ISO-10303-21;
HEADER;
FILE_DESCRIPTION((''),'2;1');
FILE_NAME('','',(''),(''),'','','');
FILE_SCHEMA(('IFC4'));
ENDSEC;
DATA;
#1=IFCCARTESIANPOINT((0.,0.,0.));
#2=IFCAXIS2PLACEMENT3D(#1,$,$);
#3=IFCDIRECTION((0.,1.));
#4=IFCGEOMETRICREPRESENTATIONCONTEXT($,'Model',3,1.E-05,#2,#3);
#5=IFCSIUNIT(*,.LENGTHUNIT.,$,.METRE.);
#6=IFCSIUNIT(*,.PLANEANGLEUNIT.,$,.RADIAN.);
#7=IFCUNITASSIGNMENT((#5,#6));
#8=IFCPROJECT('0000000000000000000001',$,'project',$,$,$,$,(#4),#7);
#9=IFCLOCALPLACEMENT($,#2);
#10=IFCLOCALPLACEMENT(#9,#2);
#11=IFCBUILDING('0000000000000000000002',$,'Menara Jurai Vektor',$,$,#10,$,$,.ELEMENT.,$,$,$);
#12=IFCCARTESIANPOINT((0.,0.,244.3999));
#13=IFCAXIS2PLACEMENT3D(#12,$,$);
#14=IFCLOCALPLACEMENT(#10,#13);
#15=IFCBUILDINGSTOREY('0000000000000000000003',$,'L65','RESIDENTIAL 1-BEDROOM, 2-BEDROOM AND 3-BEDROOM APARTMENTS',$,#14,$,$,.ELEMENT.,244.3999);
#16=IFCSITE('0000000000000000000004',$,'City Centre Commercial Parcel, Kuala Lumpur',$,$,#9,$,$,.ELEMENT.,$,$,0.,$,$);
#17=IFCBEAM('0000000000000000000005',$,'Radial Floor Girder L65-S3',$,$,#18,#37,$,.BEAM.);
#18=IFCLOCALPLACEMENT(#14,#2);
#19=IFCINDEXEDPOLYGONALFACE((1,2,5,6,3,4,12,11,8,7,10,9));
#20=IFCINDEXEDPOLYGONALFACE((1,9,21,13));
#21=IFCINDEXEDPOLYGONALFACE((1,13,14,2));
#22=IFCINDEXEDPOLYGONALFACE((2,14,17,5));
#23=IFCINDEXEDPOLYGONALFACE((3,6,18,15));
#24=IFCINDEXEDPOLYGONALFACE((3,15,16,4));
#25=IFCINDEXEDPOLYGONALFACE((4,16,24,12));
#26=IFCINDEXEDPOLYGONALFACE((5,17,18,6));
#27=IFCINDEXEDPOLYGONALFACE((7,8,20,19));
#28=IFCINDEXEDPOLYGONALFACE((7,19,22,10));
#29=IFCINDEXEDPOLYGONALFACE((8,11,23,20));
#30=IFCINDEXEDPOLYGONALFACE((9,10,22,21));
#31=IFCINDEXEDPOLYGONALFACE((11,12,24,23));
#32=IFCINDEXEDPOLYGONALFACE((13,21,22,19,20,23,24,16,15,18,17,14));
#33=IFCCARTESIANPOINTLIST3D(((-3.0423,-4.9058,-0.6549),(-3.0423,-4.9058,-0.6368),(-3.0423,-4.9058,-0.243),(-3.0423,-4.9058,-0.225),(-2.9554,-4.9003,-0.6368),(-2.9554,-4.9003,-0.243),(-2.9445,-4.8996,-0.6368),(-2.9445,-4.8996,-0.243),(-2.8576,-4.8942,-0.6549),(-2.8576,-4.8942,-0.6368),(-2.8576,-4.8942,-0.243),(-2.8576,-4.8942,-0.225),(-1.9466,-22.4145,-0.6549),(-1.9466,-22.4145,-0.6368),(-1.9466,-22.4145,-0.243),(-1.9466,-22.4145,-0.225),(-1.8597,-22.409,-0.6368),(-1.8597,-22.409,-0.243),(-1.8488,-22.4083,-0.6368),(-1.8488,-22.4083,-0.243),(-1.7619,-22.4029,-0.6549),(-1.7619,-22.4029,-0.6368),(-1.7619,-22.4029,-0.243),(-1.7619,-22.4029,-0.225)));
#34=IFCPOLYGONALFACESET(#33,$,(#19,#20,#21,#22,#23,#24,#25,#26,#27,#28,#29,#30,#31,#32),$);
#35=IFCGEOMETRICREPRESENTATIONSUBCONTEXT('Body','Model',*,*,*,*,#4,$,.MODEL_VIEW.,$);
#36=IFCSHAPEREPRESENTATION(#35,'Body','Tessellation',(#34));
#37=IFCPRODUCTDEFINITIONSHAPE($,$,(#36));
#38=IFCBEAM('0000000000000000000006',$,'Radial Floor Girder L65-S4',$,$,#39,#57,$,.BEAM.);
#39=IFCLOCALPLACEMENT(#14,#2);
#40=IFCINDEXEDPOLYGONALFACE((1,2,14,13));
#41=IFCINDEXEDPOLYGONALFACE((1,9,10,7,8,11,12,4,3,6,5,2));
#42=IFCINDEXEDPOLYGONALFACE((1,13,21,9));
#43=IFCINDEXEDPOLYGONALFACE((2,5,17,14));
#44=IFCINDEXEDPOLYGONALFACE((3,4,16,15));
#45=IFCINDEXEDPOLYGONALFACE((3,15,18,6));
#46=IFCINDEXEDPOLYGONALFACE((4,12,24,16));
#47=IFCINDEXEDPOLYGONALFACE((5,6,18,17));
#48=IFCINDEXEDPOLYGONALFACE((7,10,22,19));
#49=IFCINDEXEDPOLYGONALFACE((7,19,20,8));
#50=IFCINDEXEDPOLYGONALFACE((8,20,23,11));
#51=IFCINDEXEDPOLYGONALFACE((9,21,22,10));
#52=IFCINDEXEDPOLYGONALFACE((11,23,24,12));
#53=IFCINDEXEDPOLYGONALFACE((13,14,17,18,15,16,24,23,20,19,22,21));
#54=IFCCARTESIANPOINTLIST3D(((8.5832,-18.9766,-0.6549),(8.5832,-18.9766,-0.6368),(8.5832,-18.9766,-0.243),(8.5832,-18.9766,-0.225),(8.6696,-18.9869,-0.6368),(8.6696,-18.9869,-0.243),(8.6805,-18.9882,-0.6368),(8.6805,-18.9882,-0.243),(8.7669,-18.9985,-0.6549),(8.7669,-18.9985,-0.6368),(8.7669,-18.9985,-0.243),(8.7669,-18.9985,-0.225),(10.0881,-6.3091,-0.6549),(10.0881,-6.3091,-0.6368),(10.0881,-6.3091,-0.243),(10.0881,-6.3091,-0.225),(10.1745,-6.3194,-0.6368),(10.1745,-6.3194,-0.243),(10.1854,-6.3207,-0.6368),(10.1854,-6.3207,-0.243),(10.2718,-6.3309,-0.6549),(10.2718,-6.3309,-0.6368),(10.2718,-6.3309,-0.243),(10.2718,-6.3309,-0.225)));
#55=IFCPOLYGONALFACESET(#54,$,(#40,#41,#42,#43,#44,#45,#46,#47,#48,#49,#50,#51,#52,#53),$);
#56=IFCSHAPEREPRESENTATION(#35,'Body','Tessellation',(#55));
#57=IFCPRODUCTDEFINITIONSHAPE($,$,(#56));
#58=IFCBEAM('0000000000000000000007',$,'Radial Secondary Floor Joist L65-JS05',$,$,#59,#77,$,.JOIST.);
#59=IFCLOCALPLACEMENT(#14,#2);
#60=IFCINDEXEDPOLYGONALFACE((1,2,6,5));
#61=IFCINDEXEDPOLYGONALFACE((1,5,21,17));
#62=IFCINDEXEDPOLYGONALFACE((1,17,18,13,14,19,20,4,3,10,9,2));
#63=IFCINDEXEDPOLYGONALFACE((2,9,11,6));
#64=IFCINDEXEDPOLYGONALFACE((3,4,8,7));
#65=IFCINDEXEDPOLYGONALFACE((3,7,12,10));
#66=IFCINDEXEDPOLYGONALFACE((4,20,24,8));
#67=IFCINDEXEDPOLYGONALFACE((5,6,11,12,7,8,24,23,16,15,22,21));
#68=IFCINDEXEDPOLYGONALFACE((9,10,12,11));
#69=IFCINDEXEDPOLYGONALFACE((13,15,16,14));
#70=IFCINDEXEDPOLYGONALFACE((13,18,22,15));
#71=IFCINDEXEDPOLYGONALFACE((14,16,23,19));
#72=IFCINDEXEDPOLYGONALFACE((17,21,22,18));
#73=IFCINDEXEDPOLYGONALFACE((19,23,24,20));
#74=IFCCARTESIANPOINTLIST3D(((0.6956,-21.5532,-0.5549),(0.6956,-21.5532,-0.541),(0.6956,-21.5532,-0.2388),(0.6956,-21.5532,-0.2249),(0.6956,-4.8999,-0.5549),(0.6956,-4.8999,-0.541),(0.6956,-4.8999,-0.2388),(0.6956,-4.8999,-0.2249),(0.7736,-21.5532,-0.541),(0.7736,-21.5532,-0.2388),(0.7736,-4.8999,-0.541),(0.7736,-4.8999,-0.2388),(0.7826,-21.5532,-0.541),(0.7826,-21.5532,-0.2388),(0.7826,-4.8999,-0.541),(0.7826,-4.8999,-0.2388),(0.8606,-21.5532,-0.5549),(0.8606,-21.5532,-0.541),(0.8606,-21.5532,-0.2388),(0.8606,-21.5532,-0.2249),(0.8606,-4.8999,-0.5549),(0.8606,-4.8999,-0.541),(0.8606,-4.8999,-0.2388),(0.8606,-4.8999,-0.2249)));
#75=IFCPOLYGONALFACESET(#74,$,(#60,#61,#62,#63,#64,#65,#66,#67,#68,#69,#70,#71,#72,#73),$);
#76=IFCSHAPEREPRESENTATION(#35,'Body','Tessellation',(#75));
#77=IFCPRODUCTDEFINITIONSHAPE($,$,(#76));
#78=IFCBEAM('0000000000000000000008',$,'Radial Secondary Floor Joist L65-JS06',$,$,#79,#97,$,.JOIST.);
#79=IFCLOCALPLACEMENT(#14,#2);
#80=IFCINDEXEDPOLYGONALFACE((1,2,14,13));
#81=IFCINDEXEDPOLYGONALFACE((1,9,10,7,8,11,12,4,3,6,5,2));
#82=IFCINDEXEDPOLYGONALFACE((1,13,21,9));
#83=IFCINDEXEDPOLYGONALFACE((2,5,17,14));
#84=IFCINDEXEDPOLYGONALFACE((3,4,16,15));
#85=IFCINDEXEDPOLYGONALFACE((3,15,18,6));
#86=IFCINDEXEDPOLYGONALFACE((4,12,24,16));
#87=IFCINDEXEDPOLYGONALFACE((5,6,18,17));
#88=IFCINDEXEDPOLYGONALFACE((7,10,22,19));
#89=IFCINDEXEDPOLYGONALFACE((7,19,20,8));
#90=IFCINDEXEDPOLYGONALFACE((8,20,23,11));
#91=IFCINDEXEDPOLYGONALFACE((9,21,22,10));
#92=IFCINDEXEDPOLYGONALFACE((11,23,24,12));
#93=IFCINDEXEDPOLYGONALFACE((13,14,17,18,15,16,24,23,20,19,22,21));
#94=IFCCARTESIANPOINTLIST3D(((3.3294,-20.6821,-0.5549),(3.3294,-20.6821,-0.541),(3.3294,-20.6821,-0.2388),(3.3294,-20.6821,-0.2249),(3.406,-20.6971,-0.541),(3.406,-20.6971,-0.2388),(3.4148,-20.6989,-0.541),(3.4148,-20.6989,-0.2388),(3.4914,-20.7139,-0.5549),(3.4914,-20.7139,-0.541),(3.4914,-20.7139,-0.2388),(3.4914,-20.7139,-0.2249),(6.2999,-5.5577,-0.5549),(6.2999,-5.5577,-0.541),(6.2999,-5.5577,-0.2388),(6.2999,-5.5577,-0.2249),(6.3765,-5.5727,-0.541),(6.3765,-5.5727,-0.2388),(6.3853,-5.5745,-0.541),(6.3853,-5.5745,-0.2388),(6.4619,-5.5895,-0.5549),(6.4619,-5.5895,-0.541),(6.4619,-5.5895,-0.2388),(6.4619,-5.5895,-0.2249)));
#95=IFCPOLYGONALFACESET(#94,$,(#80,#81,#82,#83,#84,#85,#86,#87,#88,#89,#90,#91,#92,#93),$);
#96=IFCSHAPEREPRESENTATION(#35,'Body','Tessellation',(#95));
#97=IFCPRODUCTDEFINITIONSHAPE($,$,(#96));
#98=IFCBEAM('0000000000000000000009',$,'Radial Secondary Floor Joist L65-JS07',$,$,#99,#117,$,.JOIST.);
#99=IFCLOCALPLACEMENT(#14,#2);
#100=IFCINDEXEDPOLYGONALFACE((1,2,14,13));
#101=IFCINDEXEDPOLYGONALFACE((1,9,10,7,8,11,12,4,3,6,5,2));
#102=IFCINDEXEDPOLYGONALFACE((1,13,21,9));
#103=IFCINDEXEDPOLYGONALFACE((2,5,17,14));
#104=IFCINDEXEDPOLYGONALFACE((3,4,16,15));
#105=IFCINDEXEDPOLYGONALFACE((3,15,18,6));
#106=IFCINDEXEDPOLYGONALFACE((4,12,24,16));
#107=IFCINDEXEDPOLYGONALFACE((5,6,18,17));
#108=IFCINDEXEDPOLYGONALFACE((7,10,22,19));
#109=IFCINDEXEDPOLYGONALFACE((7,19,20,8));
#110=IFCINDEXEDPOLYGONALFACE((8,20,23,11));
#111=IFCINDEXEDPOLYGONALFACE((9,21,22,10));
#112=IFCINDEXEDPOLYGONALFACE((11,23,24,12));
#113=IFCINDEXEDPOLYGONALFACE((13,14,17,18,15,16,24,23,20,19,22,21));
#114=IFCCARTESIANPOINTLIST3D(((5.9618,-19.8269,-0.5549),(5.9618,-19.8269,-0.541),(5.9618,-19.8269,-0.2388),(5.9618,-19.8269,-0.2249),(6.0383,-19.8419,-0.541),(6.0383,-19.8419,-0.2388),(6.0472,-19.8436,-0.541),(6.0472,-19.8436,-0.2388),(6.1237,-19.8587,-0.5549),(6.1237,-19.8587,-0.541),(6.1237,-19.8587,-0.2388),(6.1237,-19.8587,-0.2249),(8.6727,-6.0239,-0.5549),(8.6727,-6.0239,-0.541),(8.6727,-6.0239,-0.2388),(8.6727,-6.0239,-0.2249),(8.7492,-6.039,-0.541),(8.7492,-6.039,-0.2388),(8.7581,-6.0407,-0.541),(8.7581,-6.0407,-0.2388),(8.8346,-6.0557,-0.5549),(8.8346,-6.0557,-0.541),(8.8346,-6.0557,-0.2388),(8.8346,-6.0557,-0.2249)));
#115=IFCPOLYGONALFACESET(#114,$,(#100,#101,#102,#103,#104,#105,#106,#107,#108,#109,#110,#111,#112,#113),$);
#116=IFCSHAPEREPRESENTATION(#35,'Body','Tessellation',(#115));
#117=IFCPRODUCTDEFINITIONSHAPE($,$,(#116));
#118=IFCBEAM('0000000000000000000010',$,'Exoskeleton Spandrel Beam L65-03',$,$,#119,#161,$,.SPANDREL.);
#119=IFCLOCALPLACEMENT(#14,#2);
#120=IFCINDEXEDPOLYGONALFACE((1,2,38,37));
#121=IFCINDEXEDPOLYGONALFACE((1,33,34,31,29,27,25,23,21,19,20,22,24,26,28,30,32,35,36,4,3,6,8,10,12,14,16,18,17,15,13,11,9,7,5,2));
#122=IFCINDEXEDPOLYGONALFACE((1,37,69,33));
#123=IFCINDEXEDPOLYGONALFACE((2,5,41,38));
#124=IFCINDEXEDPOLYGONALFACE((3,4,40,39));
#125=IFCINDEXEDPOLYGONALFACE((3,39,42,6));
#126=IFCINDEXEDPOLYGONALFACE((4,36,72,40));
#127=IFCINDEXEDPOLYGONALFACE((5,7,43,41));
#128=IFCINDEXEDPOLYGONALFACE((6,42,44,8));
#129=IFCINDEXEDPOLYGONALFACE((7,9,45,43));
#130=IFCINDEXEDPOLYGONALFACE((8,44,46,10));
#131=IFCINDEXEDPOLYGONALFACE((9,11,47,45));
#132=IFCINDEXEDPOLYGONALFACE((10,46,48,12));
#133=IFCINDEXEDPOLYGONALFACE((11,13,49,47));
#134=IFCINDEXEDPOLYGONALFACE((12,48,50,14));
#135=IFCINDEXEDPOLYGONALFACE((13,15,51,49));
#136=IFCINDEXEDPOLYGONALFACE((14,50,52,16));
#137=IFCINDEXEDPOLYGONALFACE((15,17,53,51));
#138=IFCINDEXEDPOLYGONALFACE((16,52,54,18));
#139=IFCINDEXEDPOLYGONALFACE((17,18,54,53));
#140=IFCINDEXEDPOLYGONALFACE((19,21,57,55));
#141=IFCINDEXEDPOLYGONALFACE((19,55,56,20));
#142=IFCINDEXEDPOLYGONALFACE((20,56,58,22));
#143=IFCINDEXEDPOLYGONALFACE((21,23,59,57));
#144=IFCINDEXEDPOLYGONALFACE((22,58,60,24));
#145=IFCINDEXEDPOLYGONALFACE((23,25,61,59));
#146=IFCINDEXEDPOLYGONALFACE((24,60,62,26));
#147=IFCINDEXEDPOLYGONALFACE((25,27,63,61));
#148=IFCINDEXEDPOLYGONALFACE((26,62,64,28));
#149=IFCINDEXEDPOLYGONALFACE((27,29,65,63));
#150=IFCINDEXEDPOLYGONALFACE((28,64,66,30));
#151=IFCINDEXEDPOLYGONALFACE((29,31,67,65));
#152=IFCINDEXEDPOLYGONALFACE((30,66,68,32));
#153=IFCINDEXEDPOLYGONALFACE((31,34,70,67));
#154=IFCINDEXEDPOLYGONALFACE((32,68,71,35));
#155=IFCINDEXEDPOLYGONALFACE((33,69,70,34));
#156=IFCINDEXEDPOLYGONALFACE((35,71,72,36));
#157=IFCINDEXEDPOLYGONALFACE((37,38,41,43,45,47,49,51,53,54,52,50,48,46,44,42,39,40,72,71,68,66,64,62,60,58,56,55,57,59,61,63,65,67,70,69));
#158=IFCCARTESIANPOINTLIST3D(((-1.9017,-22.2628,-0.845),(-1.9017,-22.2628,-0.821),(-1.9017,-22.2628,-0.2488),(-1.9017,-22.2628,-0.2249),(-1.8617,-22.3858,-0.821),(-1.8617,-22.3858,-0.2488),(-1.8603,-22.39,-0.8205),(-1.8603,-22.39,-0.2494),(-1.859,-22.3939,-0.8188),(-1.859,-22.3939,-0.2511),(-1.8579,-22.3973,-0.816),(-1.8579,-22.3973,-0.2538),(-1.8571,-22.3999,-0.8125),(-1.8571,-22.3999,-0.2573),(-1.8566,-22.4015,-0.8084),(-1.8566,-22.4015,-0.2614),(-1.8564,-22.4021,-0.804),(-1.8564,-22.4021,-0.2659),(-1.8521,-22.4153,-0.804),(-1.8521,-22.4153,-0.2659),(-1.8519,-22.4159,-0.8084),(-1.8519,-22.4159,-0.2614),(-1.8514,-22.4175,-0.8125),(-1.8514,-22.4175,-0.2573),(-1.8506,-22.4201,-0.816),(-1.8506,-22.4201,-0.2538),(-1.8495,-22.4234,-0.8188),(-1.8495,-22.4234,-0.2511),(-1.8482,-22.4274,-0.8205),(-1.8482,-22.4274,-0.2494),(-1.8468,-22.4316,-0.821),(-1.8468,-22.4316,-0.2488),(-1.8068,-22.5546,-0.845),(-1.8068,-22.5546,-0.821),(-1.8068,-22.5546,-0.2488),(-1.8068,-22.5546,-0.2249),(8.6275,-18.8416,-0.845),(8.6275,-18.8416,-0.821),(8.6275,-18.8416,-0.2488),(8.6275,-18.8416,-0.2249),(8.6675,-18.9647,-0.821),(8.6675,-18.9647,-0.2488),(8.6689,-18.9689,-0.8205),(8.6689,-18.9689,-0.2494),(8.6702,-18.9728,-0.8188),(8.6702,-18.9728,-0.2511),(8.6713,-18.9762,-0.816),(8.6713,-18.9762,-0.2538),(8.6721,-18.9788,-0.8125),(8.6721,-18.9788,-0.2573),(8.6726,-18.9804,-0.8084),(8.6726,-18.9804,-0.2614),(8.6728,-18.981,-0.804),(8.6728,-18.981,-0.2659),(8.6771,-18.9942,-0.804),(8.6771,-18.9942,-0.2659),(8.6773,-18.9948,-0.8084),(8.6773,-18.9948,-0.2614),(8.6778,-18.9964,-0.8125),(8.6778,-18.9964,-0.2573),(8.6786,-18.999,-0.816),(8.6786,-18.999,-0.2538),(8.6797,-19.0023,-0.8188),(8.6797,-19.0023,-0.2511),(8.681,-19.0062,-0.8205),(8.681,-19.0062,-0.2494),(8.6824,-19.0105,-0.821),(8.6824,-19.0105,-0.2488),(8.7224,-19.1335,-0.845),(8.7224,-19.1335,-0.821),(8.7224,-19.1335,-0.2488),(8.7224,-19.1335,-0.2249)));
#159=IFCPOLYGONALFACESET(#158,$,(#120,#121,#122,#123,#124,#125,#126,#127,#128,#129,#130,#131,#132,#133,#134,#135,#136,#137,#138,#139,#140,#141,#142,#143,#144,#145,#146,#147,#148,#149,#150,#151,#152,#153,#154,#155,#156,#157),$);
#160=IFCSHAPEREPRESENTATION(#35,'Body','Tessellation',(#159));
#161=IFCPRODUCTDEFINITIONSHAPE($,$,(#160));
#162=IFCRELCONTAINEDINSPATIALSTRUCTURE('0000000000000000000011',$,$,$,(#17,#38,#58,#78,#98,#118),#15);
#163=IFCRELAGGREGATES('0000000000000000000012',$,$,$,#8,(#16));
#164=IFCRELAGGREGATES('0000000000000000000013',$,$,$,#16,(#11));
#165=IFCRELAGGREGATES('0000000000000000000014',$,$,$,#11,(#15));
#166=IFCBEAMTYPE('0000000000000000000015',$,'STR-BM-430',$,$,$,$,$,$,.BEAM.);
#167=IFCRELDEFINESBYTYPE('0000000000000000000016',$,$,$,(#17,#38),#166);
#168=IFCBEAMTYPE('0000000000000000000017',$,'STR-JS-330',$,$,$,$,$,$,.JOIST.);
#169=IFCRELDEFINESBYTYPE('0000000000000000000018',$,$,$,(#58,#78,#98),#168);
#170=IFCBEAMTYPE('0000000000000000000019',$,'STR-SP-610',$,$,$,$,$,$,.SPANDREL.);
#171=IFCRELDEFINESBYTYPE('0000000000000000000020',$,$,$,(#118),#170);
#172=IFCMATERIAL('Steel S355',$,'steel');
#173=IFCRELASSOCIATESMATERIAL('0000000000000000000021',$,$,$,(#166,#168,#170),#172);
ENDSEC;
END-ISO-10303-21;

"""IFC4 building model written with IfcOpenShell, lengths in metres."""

from ifc_helpers import new_model, si_unit, direction, frame, origin, origin_2d, place, context, subcontext, project, spatial, i_section, extrude, material, material_profile, profile_set, type_object, element, save


model = new_model("IFC4")

# Units and contexts
model_context = context("Model", 3, precision=1e-05, world=origin(), true_north=direction((0.0, 1.0)))
body_context = subcontext(model_context, "Body", "Model", "MODEL_VIEW")
ifc_project = project(units=[si_unit("LENGTHUNIT", "METRE"), si_unit("PLANEANGLEUNIT", "RADIAN")], contexts=[model_context])

# Site, building, storey
site_placement = place(None, origin())
site = spatial("IfcSite", under=ifc_project, at=site_placement, Name="City Centre Commercial Parcel, Kuala Lumpur", CompositionType="ELEMENT", RefElevation=0.0)
building_placement = place(site_placement, origin())
building = spatial("IfcBuilding", under=site, at=building_placement, Name="Menara Jurai Vektor", CompositionType="ELEMENT")
storey_placement = place(building_placement, frame((0.0, 0.0, 244.3999)))
storey = spatial("IfcBuildingStorey", under=building, at=storey_placement, Name="L65", Description="RESIDENTIAL 1-BEDROOM, 2-BEDROOM AND 3-BEDROOM APARTMENTS", CompositionType="ELEMENT", Elevation=244.3999)

# Beams
ifc_material_1 = material(Name="Steel S355", Category="steel")
ifc_material_profile_1 = material_profile(ifc_material_1, i_section(OverallWidth=0.1851, OverallDepth=0.4299, WebThickness=0.011, FlangeThickness=0.0181, at=origin_2d()), Name="PG 430x185x76")
ifc_profile_set_1 = profile_set([ifc_material_profile_1], Name="Steel S355")
beam_type_1 = type_object("IfcBeamType", Name="STR-BM-430", PredefinedType="BEAM", material=ifc_profile_set_1)
beam_1_placement = place(storey_placement, frame((-1.8542, -22.4087, -0.4399), z_axis=(-0.062458, 0.998048, 0.0), x_axis=(-0.998048, -0.062458, 0.0)))
element("IfcBeam", 1, at=beam_1_placement, inside=storey, type_object=beam_type_1, Name="Radial Floor Girder L65-S3", PredefinedType="BEAM", context=body_context, shape_type="SweptSolid", body=[
    extrude(i_section(OverallWidth=0.1851, OverallDepth=0.4299, WebThickness=0.011, FlangeThickness=0.0181, at=origin_2d()), origin(), (0.0, 0.0, 1.0), 17.543),
])
beam_2_placement = place(storey_placement, frame((8.675, -18.9875, -0.4399), z_axis=(0.117969, 0.993017, 0.0), x_axis=(-0.993017, 0.117969, 0.0)))
element("IfcBeam", 2, at=beam_2_placement, inside=storey, type_object=beam_type_1, Name="Radial Floor Girder L65-S4", PredefinedType="BEAM", context=body_context, shape_type="SweptSolid", body=[
    extrude(i_section(OverallWidth=0.1851, OverallDepth=0.4299, WebThickness=0.011, FlangeThickness=0.0181, at=origin_2d()), origin(), (0.0, 0.0, 1.0), 12.7566),
])
ifc_material_profile_2 = material_profile(ifc_material_1, i_section(OverallWidth=0.165, OverallDepth=0.3301, WebThickness=0.009, FlangeThickness=0.0139, at=origin_2d()), Name="PG 330x165x46")
ifc_profile_set_2 = profile_set([ifc_material_profile_2], Name="Steel S355")
beam_type_2 = type_object("IfcBeamType", Name="STR-JS-330", PredefinedType="JOIST", material=ifc_profile_set_2)
beam_3_placement = place(storey_placement, frame((0.7781, -21.5532, -0.3899), z_axis=(0.0, 1.0, 0.0), x_axis=(-1.0, 0.0, 0.0)))
element("IfcBeam", 3, at=beam_3_placement, inside=storey, type_object=beam_type_2, Name="Radial Secondary Floor Joist L65-JS05", PredefinedType="JOIST", context=body_context, shape_type="SweptSolid", body=[
    extrude(i_section(OverallWidth=0.165, OverallDepth=0.3301, WebThickness=0.009, FlangeThickness=0.0139, at=origin_2d()), origin(), (0.0, 0.0, 1.0), 16.6533),
])
beam_4_placement = place(storey_placement, frame((3.4104, -20.698, -0.3899), z_axis=(0.192722, 0.981253, 0.0), x_axis=(-0.981253, 0.192722, 0.0)))
element("IfcBeam", 4, at=beam_4_placement, inside=storey, type_object=beam_type_2, Name="Radial Secondary Floor Joist L65-JS06", PredefinedType="JOIST", context=body_context, shape_type="SweptSolid", body=[
    extrude(i_section(OverallWidth=0.165, OverallDepth=0.3301, WebThickness=0.009, FlangeThickness=0.0139, at=origin_2d()), origin(), (0.0, 0.0, 1.0), 15.4133),
])
beam_5_placement = place(storey_placement, frame((6.0427, -19.8428, -0.3899), z_axis=(0.192721, 0.981254, 0.0), x_axis=(-0.981254, 0.192721, 0.0)))
element("IfcBeam", 5, at=beam_5_placement, inside=storey, type_object=beam_type_2, Name="Radial Secondary Floor Joist L65-JS07", PredefinedType="JOIST", context=body_context, shape_type="SweptSolid", body=[
    extrude(i_section(OverallWidth=0.165, OverallDepth=0.3301, WebThickness=0.009, FlangeThickness=0.0139, at=origin_2d()), origin(), (0.0, 0.0, 1.0), 14.0667),
])
ifc_material_profile_3 = material_profile(ifc_material_1, i_section(OverallWidth=0.3069, OverallDepth=0.6201, WebThickness=0.0139, FlangeThickness=0.0239, FilletRadius=0.0171, at=origin_2d()), Name="UKB 610x305x179")
ifc_profile_set_3 = profile_set([ifc_material_profile_3], Name="Steel S355")
beam_type_3 = type_object("IfcBeamType", Name="STR-SP-610", PredefinedType="SPANDREL", material=ifc_profile_set_3)
for number, where, z_axis, x_axis, name in (
    (6, (-1.8542, -22.4087, -0.5349), (0.951057, 0.309014, 0.0), (-0.309014, 0.951057, 0.0), "Exoskeleton Spandrel Beam L65-03"),
):
    element("IfcBeam", number, at=place(storey_placement, frame(where, z_axis=z_axis, x_axis=x_axis)), inside=storey, type_object=beam_type_3, Name=name, PredefinedType="SPANDREL", context=body_context, shape_type="SweptSolid", body=[
        extrude(i_section(OverallWidth=0.3069, OverallDepth=0.6201, WebThickness=0.0139, FlangeThickness=0.0239, FilletRadius=0.0171, at=origin_2d()), origin(), (0.0, 0.0, 1.0), 11.071),
    ])

save(model, "model.ifc")
